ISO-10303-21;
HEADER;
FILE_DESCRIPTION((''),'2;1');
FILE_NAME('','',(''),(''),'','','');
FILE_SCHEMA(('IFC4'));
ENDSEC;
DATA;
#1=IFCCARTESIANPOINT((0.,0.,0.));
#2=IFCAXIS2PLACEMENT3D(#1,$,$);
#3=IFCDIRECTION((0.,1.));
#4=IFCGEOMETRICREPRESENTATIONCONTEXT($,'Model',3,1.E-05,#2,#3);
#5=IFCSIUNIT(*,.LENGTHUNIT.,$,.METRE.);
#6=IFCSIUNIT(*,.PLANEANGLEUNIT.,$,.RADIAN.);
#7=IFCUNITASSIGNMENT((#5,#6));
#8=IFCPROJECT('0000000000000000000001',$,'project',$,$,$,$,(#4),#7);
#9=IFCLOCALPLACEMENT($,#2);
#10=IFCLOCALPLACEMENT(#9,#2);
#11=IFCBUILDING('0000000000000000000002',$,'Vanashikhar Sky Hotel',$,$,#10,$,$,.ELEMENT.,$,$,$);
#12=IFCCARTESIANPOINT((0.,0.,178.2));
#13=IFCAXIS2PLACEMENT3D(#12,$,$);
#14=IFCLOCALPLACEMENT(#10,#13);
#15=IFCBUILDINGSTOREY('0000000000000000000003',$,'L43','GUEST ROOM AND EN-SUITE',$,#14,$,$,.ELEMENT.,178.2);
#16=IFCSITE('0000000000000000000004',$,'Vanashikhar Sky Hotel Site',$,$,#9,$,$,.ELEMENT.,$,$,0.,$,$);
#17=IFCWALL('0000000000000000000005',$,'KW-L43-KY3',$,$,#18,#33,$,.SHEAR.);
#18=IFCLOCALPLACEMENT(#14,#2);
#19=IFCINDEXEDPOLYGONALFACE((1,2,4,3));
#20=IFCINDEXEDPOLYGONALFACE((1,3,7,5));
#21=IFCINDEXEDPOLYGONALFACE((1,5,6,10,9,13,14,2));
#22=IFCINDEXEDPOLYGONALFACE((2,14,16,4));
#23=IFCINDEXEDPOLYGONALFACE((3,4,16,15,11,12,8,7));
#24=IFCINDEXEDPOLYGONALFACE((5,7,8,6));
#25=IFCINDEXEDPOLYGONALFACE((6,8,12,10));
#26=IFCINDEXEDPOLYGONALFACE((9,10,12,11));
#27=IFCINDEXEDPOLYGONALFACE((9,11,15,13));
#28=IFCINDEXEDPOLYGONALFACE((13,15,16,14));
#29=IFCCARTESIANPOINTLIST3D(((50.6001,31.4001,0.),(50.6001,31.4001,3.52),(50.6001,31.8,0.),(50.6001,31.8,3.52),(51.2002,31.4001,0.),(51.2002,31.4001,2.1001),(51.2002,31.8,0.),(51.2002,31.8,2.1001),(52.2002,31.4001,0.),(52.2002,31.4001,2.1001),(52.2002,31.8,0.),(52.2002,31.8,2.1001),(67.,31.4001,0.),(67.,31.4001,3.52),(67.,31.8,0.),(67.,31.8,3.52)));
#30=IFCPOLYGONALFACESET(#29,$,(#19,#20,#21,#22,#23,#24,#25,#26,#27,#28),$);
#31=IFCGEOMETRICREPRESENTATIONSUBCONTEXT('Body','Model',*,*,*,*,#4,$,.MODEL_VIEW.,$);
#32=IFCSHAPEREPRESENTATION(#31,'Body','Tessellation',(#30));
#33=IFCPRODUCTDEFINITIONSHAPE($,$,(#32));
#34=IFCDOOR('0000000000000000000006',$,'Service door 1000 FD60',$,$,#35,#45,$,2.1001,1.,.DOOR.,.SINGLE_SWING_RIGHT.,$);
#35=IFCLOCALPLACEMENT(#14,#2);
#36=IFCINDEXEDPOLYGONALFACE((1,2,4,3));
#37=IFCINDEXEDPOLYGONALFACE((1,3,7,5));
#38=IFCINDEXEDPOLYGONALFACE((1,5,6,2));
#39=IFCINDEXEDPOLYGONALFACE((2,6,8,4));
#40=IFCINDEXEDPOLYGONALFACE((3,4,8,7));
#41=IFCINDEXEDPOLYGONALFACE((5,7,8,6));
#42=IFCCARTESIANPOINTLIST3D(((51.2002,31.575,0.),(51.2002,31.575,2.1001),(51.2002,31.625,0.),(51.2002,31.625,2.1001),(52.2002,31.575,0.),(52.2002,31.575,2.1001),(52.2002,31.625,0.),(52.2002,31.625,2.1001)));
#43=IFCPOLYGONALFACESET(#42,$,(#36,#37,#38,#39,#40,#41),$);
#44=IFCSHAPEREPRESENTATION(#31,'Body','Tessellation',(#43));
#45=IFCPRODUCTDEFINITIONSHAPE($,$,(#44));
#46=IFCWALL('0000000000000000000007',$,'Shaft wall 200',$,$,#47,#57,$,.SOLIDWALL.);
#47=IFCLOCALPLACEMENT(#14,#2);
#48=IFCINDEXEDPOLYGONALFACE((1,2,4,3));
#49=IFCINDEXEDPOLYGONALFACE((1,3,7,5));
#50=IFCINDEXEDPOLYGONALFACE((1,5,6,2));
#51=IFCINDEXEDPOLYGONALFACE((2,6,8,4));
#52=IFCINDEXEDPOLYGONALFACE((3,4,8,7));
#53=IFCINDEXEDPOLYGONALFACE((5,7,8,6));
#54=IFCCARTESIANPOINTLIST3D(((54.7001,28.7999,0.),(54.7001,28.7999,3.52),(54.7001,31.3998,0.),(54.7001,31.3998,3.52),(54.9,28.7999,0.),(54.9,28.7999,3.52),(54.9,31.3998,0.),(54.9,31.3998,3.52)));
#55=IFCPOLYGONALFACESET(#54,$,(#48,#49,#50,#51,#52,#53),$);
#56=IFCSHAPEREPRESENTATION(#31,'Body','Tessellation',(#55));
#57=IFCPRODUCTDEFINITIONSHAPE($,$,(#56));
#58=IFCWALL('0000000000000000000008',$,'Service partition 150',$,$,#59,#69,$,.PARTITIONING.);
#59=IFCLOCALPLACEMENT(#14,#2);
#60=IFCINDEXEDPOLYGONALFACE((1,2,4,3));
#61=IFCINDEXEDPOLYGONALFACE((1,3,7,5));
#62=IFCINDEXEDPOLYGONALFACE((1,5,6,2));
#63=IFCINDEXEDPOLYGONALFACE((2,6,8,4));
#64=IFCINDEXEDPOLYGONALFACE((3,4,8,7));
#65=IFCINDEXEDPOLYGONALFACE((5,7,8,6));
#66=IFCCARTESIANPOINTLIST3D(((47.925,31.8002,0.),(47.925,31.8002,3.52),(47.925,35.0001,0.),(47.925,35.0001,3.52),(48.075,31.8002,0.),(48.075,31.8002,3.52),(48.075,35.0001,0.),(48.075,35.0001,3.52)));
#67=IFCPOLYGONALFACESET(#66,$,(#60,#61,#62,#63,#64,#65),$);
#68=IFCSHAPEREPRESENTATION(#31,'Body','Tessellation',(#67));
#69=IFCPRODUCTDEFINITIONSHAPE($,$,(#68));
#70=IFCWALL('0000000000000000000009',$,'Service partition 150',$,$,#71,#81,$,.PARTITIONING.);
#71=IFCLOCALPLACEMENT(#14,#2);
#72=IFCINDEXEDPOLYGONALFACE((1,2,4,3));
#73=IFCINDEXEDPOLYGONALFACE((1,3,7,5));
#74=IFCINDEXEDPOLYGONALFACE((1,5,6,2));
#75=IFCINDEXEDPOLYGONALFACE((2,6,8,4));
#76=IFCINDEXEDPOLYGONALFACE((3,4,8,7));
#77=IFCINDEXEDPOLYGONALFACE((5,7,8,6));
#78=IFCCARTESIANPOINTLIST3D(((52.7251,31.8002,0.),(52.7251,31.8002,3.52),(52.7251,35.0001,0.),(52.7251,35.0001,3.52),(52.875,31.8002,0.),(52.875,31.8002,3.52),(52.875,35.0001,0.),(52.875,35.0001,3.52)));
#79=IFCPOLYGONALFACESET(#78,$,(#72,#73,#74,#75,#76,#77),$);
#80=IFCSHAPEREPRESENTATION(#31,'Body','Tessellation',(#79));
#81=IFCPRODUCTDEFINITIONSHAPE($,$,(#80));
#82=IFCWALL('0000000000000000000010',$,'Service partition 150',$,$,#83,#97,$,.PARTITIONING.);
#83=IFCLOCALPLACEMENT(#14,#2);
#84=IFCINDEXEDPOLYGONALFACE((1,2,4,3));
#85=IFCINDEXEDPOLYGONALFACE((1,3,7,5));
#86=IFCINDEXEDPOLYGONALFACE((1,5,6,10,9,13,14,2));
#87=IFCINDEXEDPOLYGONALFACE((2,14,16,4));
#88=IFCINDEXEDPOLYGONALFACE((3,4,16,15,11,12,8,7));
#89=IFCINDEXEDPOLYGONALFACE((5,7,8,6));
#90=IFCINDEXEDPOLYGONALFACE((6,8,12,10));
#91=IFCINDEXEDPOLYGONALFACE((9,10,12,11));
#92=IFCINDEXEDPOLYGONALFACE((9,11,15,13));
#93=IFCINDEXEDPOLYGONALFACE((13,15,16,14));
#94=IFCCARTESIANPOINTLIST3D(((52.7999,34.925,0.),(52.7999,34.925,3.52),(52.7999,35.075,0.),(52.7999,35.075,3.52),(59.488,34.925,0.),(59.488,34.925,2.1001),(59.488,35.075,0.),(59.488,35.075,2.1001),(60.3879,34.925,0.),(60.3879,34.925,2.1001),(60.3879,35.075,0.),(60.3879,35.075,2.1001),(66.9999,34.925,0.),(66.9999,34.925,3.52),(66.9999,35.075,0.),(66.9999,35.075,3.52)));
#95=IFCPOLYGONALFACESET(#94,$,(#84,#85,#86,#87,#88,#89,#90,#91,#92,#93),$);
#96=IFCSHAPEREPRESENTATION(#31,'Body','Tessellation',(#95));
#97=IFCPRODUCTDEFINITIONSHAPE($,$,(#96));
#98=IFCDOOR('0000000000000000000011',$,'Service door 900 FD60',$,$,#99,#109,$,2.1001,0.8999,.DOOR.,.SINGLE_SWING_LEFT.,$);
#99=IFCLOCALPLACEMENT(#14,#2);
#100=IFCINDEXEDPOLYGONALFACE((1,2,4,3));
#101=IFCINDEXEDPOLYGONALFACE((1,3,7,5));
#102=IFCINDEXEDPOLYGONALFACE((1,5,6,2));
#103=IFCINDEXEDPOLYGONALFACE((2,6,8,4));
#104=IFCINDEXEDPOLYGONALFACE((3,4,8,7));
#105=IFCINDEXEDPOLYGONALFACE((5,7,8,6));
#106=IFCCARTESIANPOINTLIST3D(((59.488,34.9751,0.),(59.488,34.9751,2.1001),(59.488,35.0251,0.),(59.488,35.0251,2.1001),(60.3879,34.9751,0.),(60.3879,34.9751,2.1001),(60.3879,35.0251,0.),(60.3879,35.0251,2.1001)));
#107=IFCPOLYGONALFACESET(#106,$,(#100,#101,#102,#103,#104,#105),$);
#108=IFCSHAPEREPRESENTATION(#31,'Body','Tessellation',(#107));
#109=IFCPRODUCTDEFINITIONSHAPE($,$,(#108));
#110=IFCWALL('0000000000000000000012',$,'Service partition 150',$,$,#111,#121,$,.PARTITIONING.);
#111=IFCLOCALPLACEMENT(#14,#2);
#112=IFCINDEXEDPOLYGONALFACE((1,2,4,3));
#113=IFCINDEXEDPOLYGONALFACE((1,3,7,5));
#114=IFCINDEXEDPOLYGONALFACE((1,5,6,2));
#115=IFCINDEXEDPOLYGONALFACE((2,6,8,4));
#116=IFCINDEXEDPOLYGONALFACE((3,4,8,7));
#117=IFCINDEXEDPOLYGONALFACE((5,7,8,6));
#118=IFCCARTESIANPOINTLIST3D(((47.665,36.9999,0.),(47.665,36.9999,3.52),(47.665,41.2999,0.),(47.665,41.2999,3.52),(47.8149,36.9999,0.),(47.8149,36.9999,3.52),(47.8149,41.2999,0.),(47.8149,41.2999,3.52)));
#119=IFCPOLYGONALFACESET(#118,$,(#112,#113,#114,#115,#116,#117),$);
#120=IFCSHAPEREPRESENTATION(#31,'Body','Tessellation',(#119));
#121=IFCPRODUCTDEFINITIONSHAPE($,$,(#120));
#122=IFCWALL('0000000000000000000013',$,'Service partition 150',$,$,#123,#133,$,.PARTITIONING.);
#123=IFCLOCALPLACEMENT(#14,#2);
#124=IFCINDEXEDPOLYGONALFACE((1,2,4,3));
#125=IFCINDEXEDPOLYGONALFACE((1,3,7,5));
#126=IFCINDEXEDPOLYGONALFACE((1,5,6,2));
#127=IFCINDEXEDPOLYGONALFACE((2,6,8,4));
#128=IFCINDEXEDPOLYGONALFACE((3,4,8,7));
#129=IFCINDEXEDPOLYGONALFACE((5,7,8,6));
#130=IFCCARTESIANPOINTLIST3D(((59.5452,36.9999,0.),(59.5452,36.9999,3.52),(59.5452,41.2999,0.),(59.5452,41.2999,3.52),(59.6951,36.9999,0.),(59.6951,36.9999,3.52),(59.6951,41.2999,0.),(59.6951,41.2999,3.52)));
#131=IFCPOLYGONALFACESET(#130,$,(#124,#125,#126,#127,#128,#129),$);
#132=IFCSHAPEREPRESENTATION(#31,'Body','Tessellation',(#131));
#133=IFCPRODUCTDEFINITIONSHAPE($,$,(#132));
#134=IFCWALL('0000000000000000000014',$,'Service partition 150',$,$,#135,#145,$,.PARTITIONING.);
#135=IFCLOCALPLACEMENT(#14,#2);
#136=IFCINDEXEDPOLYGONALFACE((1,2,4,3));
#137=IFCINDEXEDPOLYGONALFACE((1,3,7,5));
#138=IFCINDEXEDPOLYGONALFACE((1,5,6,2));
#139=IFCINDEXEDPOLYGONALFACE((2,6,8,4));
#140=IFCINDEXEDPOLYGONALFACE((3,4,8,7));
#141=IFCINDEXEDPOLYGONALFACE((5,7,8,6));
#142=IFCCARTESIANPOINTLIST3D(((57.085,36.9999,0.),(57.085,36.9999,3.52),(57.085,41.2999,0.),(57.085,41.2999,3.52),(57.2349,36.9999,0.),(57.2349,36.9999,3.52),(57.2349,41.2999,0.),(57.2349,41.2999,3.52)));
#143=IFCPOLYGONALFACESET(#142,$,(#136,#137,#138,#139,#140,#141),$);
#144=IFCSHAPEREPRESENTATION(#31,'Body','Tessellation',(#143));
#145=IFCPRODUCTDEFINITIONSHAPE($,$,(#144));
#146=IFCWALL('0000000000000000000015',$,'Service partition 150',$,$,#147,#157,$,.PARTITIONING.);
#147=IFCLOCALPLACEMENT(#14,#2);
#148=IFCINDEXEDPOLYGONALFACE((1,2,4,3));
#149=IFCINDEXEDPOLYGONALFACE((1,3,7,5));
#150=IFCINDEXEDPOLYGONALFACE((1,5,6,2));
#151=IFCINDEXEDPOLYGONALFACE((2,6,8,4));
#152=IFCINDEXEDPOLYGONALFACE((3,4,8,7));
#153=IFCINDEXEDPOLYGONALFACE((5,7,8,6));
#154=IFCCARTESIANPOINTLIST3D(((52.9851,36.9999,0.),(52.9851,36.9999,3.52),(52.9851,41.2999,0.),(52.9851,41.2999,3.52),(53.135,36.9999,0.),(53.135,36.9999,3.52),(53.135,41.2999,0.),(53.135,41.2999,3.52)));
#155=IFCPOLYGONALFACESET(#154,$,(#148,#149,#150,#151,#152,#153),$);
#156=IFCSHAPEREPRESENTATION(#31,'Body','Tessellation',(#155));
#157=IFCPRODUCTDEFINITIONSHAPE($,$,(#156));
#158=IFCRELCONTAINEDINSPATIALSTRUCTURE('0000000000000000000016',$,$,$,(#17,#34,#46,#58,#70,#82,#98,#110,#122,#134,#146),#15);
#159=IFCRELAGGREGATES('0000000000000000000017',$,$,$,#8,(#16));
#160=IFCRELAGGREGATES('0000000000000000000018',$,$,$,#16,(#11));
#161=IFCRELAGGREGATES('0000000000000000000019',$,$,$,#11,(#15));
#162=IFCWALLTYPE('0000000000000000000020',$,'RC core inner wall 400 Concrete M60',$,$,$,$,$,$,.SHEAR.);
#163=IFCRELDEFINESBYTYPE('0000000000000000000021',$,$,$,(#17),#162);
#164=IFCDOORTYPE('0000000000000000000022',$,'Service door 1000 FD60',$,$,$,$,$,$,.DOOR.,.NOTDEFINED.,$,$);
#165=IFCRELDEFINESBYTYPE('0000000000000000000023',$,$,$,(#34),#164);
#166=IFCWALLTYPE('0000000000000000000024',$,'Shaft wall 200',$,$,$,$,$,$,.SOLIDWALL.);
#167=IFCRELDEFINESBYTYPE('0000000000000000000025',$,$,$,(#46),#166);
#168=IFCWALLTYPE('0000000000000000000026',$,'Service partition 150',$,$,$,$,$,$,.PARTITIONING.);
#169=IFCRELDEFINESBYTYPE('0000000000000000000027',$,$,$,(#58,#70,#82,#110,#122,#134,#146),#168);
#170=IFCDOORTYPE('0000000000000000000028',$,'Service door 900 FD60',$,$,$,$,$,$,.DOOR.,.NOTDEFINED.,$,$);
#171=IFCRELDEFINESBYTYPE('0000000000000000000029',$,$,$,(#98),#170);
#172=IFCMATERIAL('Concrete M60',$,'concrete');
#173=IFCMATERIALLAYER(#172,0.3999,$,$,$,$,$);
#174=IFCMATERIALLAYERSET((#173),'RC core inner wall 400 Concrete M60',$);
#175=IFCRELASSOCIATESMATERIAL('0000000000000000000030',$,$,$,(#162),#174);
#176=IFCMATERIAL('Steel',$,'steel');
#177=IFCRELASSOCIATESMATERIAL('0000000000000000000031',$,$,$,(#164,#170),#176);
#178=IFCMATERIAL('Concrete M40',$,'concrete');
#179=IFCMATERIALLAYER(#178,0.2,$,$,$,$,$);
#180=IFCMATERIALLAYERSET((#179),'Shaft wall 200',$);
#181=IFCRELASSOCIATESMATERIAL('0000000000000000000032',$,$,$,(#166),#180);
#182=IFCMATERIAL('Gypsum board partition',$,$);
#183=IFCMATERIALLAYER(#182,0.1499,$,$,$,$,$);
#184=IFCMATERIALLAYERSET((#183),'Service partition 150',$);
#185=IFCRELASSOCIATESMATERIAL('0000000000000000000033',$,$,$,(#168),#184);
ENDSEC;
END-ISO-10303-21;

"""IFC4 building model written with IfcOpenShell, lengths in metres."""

from ifc_helpers import new_model, si_unit, direction, frame, frame_2d, origin, place, context, subcontext, project, spatial, rectangle, extrude, source, transform, mapped, material, layer, layer_set, type_object, element, fill, save


model = new_model("IFC4")

# Units and contexts
model_context = context("Model", 3, precision=1e-05, world=origin(), true_north=direction((0.0, 1.0)))
body_context = subcontext(model_context, "Body", "Model", "MODEL_VIEW")
ifc_project = project(units=[si_unit("LENGTHUNIT", "METRE"), si_unit("PLANEANGLEUNIT", "RADIAN")], contexts=[model_context])

# Site, building, storey
site_placement = place(None, origin())
site = spatial("IfcSite", under=ifc_project, at=site_placement, Name="Vanashikhar Sky Hotel Site", CompositionType="ELEMENT", RefElevation=0.0)
building_placement = place(site_placement, origin())
building = spatial("IfcBuilding", under=site, at=building_placement, Name="Vanashikhar Sky Hotel", CompositionType="ELEMENT")
storey_placement = place(building_placement, frame((0.0, 0.0, 178.2)))
storey = spatial("IfcBuildingStorey", under=building, at=storey_placement, Name="L43", Description="GUEST ROOM AND EN-SUITE", CompositionType="ELEMENT", Elevation=178.2)

# Wall, opening, door
ifc_material_1 = material(Name="Concrete M60", Category="concrete")
ifc_layer_1 = layer(ifc_material_1, 0.3999)
ifc_layer_set_1 = layer_set([ifc_layer_1], Name="RC core inner wall 400 Concrete M60")
wall_type_1 = type_object("IfcWallType", Name="RC core inner wall 400 Concrete M60", PredefinedType="SHEAR", material=ifc_layer_set_1)
shared_shape_1 = source(origin(), body_context, "Body", "SweptSolid", [
    extrude(rectangle(XDim=16.3999, YDim=0.3999, at=frame_2d((8.2, 0.0))), origin(), (0.0, 0.0, 1.0), 3.52),
])
wall_1_placement = place(storey_placement, frame((50.6001, 31.6001, 0.0), z_axis=(0.0, 0.0, 1.0), x_axis=(1.0, 0.0, 0.0)))
wall_1 = element("IfcWall", 1, at=wall_1_placement, inside=storey, type_object=wall_type_1, Name="KW-L43-KY3", PredefinedType="SHEAR", context=body_context, shape_type="MappedRepresentation", body=[
    mapped(shared_shape_1, transform((0.0, 0.0, 0.0), scale=1.0)),
])
shared_shape_2 = source(origin(), body_context, "Body", "SweptSolid", [
    extrude(rectangle(XDim=1.0, YDim=2.1001, at=frame_2d((0.5, 1.05))), frame((0.0, 0.21, 0.0), z_axis=(0.0, -1.0, 0.0), x_axis=(1.0, 0.0, 0.0)), (0.0, 0.0, 1.0), 0.4199),
])
opening_1_placement = place(wall_1_placement, frame((0.6001, 0.0, 0.0)))
opening_1 = element("IfcOpeningElement", 2, at=opening_1_placement, cuts=wall_1, PredefinedType="OPENING", context=body_context, shape_type="MappedRepresentation", body=[
    mapped(shared_shape_2, transform((0.0, 0.0, 0.0), scale=1.0)),
])
ifc_material_2 = material(Name="Steel", Category="steel")
door_type_1 = type_object("IfcDoorType", Name="Service door 1000 FD60", OperationType="NOTDEFINED", PredefinedType="DOOR", material=ifc_material_2)
shared_shape_3 = source(origin(), body_context, "Body", "SweptSolid", [
    extrude(rectangle(XDim=1.0, YDim=2.1001, at=frame_2d((0.5, 1.05))), frame((0.0, 0.0249, 0.0), z_axis=(0.0, -1.0, 0.0), x_axis=(1.0, 0.0, 0.0)), (0.0, 0.0, 1.0), 0.05),
])
door_1_placement = place(opening_1_placement, origin())
door_1 = element("IfcDoor", 3, at=door_1_placement, inside=storey, type_object=door_type_1, Name="Service door 1000 FD60", OperationType="SINGLE_SWING_RIGHT", OverallHeight=2.1001, OverallWidth=1.0, PredefinedType="DOOR", context=body_context, shape_type="MappedRepresentation", body=[
    mapped(shared_shape_3, transform((0.0, 0.0, 0.0), scale=1.0)),
])
fill(opening_1, door_1)

# Walls
ifc_material_3 = material(Name="Concrete M40", Category="concrete")
ifc_layer_2 = layer(ifc_material_3, 0.2)
ifc_layer_set_2 = layer_set([ifc_layer_2], Name="Shaft wall 200")
wall_type_2 = type_object("IfcWallType", Name="Shaft wall 200", PredefinedType="SOLIDWALL", material=ifc_layer_set_2)
shared_shape_4 = source(origin(), body_context, "Body", "SweptSolid", [
    extrude(rectangle(XDim=2.5999, YDim=0.2, at=frame_2d((1.2998, 0.0))), origin(), (0.0, 0.0, 1.0), 3.52),
])
wall_2_placement = place(storey_placement, frame((54.8, 28.8, 0.0), z_axis=(0.0, 0.0, 1.0), x_axis=(0.0, 1.0, 0.0)))
element("IfcWall", 4, at=wall_2_placement, inside=storey, type_object=wall_type_2, Name="Shaft wall 200", PredefinedType="SOLIDWALL", context=body_context, shape_type="MappedRepresentation", body=[
    mapped(shared_shape_4, transform((0.0, 0.0, 0.0), scale=1.0)),
])
ifc_material_4 = material(Name="Gypsum board partition")
ifc_layer_3 = layer(ifc_material_4, 0.1499)
ifc_layer_set_3 = layer_set([ifc_layer_3], Name="Service partition 150")
wall_type_3 = type_object("IfcWallType", Name="Service partition 150", PredefinedType="PARTITIONING", material=ifc_layer_set_3)
shared_shape_5 = source(origin(), body_context, "Body", "SweptSolid", [
    extrude(rectangle(XDim=3.2, YDim=0.1499, at=frame_2d((1.6001, 0.0))), origin(), (0.0, 0.0, 1.0), 3.52),
])
for number, where, z_axis, x_axis, name in (
    (5, (48.0, 31.8, 0.0), (0.0, 0.0, 1.0), (0.0, 1.0, 0.0), "Service partition 150"),
    (6, (52.8, 31.8, 0.0), (0.0, 0.0, 1.0), (0.0, 1.0, 0.0), "Service partition 150"),
):
    element("IfcWall", number, at=place(storey_placement, frame(where, z_axis=z_axis, x_axis=x_axis)), inside=storey, type_object=wall_type_3, Name=name, PredefinedType="PARTITIONING", context=body_context, shape_type="MappedRepresentation", body=[
        mapped(shared_shape_5, transform((0.0, 0.0, 0.0), scale=1.0)),
    ])

# Wall, opening, door
shared_shape_6 = source(origin(), body_context, "Body", "SweptSolid", [
    extrude(rectangle(XDim=14.2, YDim=0.1499, at=frame_2d((7.1001, 0.0))), origin(), (0.0, 0.0, 1.0), 3.52),
])
wall_3_placement = place(storey_placement, frame((67.0, 35.0, 0.0), z_axis=(0.0, 0.0, 1.0), x_axis=(-1.0, 0.0, 0.0)))
wall_3 = element("IfcWall", 7, at=wall_3_placement, inside=storey, type_object=wall_type_3, Name="Service partition 150", PredefinedType="PARTITIONING", context=body_context, shape_type="MappedRepresentation", body=[
    mapped(shared_shape_6, transform((0.0, 0.0, 0.0), scale=1.0)),
])
shared_shape_7 = source(origin(), body_context, "Body", "SweptSolid", [
    extrude(rectangle(XDim=0.8999, YDim=2.1001, at=frame_2d((0.45, 1.05))), frame((0.0, 0.085, 0.0), z_axis=(0.0, -1.0, 0.0), x_axis=(1.0, 0.0, 0.0)), (0.0, 0.0, 1.0), 0.1699),
])
opening_2_placement = place(wall_3_placement, frame((6.6121, 0.0, 0.0)))
opening_2 = element("IfcOpeningElement", 8, at=opening_2_placement, cuts=wall_3, PredefinedType="OPENING", context=body_context, shape_type="MappedRepresentation", body=[
    mapped(shared_shape_7, transform((0.0, 0.0, 0.0), scale=1.0)),
])
door_type_2 = type_object("IfcDoorType", Name="Service door 900 FD60", OperationType="NOTDEFINED", PredefinedType="DOOR", material=ifc_material_2)
shared_shape_8 = source(origin(), body_context, "Body", "SweptSolid", [
    extrude(rectangle(XDim=0.8999, YDim=2.1001, at=frame_2d((0.45, 1.05))), frame((0.0, 0.0249, 0.0), z_axis=(0.0, -1.0, 0.0), x_axis=(1.0, 0.0, 0.0)), (0.0, 0.0, 1.0), 0.05),
])
door_2_placement = place(opening_2_placement, origin())
door_2 = element("IfcDoor", 9, at=door_2_placement, inside=storey, type_object=door_type_2, Name="Service door 900 FD60", OperationType="SINGLE_SWING_LEFT", OverallHeight=2.1001, OverallWidth=0.8999, PredefinedType="DOOR", context=body_context, shape_type="MappedRepresentation", body=[
    mapped(shared_shape_8, transform((0.0, 0.0, 0.0), scale=1.0)),
])
fill(opening_2, door_2)

# Walls
shared_shape_9 = source(origin(), body_context, "Body", "SweptSolid", [
    extrude(rectangle(XDim=4.3, YDim=0.1499, at=frame_2d((2.1499, 0.0))), origin(), (0.0, 0.0, 1.0), 3.52),
])
for number, where, z_axis, x_axis, name in (
    (10, (47.74, 37.0, 0.0), (0.0, 0.0, 1.0), (0.0, 1.0, 0.0), "Service partition 150"),
    (11, (59.6201, 37.0, 0.0), (0.0, 0.0, 1.0), (0.0, 1.0, 0.0), "Service partition 150"),
    (12, (57.1599, 37.0, 0.0), (0.0, 0.0, 1.0), (0.0, 1.0, 0.0), "Service partition 150"),
    (13, (53.0601, 37.0, 0.0), (0.0, 0.0, 1.0), (0.0, 1.0, 0.0), "Service partition 150"),
):
    element("IfcWall", number, at=place(storey_placement, frame(where, z_axis=z_axis, x_axis=x_axis)), inside=storey, type_object=wall_type_3, Name=name, PredefinedType="PARTITIONING", context=body_context, shape_type="MappedRepresentation", body=[
        mapped(shared_shape_9, transform((0.0, 0.0, 0.0), scale=1.0)),
    ])

save(model, "model.ifc")
